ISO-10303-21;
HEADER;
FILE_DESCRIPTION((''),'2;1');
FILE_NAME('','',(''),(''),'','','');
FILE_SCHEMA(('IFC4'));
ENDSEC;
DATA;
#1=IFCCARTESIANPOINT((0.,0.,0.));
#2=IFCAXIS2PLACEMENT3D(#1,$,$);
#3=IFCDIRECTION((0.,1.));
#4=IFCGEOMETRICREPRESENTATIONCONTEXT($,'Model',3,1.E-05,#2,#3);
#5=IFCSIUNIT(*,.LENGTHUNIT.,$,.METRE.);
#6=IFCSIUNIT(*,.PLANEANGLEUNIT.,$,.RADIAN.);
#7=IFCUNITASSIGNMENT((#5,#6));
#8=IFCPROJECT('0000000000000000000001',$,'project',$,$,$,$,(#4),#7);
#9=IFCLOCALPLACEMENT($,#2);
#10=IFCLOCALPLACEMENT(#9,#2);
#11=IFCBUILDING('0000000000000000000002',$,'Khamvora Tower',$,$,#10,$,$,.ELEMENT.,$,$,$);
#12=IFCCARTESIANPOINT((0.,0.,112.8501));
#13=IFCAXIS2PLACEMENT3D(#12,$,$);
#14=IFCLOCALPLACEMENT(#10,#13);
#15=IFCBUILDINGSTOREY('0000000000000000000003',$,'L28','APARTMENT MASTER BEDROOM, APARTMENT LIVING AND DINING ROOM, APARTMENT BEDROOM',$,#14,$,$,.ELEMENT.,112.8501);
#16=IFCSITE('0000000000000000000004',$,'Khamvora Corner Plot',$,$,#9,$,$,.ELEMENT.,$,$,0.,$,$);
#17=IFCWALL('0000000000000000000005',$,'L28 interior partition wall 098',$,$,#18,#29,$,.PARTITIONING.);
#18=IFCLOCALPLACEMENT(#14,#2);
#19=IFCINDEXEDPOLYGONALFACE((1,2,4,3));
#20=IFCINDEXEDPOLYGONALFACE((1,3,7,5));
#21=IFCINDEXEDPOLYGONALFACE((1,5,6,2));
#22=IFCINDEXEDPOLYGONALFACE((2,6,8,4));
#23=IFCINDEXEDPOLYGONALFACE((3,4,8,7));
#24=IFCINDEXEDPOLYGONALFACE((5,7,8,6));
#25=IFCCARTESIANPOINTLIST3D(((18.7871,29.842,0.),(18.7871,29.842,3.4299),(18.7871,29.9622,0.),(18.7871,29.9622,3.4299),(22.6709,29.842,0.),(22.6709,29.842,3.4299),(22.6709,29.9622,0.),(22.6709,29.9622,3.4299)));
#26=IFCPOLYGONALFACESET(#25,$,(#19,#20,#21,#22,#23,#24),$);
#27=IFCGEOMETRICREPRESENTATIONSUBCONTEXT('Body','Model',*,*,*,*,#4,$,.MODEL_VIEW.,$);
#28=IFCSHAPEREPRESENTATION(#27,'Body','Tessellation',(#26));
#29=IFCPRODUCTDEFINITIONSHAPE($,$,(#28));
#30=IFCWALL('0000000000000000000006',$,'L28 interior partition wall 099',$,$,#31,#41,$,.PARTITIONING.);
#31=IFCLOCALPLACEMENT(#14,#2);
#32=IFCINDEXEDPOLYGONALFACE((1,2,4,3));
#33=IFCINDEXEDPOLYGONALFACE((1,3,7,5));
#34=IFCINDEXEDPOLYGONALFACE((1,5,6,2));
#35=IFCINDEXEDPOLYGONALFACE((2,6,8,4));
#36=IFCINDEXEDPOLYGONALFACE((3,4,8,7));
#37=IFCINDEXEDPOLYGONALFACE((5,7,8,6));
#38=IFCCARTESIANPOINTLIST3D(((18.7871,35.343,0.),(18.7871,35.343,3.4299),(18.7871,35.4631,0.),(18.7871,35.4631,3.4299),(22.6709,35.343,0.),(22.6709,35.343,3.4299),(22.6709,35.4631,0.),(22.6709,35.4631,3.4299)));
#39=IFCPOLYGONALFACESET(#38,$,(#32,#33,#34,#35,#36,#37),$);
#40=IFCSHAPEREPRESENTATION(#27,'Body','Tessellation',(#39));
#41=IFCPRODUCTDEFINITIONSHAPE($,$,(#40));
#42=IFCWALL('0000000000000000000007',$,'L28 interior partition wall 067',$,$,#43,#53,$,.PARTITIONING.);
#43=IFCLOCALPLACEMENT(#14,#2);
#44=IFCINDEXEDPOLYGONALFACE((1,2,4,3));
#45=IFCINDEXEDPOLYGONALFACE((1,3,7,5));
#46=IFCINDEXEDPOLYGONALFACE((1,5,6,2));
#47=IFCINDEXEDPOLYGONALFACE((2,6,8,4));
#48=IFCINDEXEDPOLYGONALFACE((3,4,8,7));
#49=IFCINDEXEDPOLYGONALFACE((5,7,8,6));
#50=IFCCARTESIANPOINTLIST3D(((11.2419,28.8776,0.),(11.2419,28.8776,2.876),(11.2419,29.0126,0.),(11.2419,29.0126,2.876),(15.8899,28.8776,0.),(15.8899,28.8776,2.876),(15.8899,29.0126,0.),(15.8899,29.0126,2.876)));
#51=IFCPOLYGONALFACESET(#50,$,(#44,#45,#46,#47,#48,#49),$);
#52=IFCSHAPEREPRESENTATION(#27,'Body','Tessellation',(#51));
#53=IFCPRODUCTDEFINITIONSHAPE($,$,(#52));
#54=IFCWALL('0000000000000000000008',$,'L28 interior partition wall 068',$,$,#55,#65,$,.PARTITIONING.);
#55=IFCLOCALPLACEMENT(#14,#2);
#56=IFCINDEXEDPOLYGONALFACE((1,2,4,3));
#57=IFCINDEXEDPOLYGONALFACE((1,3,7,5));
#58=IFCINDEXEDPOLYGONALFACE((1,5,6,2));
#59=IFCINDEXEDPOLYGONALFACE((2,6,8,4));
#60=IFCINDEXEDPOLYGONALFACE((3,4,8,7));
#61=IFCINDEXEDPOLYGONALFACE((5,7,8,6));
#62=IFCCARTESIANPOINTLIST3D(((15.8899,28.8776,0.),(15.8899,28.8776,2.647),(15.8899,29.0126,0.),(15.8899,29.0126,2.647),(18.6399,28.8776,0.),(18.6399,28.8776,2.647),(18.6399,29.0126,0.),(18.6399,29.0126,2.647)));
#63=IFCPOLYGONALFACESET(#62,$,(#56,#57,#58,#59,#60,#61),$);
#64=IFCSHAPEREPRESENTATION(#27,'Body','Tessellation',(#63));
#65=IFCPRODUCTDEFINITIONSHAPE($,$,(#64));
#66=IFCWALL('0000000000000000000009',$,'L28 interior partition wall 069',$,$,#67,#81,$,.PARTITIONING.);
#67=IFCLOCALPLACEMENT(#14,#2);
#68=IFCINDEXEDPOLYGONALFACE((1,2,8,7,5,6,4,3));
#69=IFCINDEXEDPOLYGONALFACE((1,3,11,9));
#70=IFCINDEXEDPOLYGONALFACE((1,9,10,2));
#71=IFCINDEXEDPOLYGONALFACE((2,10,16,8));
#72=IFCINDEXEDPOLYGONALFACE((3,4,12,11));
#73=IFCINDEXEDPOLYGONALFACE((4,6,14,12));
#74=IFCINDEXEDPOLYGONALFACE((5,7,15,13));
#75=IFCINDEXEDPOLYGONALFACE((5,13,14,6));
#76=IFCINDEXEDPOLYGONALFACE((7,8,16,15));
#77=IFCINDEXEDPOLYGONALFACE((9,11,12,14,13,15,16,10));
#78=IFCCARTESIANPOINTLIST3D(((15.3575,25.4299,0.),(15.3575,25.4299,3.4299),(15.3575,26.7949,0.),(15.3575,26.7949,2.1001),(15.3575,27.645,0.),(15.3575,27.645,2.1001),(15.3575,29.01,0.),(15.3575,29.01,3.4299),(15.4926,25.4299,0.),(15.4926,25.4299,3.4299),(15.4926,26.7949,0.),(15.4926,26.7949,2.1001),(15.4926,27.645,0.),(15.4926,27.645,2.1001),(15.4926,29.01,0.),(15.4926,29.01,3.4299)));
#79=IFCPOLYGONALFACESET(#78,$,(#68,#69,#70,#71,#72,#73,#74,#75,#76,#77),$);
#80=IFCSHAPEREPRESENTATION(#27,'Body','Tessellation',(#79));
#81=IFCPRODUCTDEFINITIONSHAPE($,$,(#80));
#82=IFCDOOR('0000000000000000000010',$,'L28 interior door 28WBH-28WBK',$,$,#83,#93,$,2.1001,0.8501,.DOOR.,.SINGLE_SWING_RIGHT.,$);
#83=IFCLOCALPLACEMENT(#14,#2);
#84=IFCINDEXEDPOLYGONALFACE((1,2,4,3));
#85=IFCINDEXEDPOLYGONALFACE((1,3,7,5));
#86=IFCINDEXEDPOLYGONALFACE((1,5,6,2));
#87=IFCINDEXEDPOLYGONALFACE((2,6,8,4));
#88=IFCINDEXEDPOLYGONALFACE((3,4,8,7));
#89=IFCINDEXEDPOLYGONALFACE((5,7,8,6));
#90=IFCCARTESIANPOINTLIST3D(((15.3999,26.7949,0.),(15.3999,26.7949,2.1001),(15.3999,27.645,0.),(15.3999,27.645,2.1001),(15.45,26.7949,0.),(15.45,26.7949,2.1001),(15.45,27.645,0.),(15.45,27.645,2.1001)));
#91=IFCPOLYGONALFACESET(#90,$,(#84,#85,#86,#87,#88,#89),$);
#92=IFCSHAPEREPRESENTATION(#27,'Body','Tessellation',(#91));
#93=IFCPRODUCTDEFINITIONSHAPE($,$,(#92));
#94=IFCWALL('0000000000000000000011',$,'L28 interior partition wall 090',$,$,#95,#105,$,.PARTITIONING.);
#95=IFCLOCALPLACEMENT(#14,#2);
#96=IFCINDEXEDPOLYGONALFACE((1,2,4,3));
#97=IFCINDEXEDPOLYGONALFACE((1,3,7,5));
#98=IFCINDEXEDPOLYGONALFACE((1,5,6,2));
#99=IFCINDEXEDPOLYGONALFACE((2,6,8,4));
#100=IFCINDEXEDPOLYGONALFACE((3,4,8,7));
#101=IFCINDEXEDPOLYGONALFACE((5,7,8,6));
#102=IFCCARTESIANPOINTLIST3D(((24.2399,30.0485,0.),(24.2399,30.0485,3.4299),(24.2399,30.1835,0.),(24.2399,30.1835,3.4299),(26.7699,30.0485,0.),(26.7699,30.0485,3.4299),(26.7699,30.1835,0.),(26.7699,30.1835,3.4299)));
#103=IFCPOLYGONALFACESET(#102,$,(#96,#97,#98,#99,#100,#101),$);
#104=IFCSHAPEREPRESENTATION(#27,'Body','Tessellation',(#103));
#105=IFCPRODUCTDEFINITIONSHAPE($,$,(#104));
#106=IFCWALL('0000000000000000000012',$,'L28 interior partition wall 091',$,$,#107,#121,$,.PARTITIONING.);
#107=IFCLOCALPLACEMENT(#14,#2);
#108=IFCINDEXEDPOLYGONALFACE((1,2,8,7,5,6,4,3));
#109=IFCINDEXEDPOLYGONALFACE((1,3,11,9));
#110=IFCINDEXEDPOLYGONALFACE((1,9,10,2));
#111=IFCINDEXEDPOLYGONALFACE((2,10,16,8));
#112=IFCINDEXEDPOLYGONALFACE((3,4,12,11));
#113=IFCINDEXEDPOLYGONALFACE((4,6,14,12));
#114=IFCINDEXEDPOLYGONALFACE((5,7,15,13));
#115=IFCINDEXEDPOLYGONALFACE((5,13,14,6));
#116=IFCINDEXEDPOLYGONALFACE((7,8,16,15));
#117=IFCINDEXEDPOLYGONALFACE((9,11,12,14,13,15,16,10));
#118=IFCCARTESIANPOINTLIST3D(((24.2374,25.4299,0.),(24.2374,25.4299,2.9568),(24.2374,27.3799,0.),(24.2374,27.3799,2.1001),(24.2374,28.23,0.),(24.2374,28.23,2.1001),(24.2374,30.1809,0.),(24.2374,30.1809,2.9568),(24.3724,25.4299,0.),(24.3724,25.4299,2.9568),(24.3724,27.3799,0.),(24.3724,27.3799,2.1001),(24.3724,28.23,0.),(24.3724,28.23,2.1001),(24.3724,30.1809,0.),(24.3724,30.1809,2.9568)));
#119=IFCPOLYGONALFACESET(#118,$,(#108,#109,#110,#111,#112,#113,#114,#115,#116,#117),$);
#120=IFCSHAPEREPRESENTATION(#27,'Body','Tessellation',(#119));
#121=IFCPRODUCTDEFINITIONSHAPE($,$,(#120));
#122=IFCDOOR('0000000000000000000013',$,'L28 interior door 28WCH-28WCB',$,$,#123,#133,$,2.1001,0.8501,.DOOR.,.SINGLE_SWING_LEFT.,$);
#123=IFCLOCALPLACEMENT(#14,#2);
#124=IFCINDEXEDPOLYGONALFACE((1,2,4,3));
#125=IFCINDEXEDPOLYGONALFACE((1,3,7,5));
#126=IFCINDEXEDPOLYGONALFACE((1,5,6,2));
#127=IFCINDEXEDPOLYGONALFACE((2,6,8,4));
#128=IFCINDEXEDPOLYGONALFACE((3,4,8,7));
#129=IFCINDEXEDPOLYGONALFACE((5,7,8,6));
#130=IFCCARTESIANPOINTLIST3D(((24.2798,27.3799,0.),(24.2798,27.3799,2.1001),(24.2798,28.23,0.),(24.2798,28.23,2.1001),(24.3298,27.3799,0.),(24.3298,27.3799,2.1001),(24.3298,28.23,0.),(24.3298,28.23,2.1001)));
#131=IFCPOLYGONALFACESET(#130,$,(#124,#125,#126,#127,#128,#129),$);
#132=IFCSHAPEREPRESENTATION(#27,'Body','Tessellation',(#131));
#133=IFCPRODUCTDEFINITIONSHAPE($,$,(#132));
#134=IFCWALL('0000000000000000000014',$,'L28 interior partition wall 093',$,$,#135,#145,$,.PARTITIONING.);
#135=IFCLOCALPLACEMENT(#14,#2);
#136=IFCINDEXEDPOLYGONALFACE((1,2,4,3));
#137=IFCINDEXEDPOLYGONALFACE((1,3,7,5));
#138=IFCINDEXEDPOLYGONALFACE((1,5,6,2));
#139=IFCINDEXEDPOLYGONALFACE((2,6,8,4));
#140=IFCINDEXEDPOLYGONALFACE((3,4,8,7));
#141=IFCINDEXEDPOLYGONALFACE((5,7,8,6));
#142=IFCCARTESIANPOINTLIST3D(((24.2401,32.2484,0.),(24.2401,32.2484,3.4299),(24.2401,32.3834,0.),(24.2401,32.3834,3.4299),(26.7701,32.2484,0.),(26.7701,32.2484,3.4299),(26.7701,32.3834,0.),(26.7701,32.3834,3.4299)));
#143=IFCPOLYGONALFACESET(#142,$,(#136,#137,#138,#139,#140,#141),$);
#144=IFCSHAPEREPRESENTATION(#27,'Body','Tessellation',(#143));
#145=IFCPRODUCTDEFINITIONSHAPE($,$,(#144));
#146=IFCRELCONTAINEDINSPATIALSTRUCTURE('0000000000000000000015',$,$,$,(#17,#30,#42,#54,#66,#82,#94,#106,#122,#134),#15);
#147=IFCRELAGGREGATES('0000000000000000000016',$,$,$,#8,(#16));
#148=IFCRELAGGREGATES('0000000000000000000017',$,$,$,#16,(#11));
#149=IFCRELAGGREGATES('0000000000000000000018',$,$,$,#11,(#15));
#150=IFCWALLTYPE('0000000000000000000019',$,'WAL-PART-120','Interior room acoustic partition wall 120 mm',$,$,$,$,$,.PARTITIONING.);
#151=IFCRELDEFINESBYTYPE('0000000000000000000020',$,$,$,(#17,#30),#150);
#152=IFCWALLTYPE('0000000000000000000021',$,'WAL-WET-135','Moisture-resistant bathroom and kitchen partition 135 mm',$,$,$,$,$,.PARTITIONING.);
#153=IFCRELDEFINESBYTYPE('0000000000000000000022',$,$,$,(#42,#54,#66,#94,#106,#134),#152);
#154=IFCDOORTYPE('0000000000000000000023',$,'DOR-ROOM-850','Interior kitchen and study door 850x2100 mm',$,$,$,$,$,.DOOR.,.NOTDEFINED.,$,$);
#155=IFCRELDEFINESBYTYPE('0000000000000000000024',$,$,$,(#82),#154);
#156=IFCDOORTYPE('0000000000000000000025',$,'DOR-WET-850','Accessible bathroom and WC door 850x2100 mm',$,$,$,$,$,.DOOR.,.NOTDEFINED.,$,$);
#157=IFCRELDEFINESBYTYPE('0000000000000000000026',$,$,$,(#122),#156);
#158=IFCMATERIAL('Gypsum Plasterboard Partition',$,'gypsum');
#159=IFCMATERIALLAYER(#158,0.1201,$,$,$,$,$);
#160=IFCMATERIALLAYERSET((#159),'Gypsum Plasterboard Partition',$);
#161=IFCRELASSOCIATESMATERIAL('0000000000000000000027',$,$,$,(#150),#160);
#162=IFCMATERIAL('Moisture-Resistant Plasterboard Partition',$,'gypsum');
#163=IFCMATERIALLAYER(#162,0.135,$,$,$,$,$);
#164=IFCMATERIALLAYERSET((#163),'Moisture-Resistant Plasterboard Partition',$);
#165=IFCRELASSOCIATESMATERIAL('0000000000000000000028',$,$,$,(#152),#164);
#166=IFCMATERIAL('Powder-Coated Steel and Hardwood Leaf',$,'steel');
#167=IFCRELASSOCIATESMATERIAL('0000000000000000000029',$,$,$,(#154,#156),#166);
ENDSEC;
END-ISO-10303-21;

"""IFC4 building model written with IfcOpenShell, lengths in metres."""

from ifc_helpers import new_model, si_unit, direction, frame, frame_2d, origin, place, context, subcontext, project, spatial, rectangle, extrude, material, layer, layer_set, type_object, element, fill, save


model = new_model("IFC4")

# Units and contexts
model_context = context("Model", 3, precision=1e-05, world=origin(), true_north=direction((0.0, 1.0)))
body_context = subcontext(model_context, "Body", "Model", "MODEL_VIEW")
ifc_project = project(units=[si_unit("LENGTHUNIT", "METRE"), si_unit("PLANEANGLEUNIT", "RADIAN")], contexts=[model_context])

# Site, building, storey
site_placement = place(None, origin())
site = spatial("IfcSite", under=ifc_project, at=site_placement, Name="Khamvora Corner Plot", CompositionType="ELEMENT", RefElevation=0.0)
building_placement = place(site_placement, origin())
building = spatial("IfcBuilding", under=site, at=building_placement, Name="Khamvora Tower", CompositionType="ELEMENT")
storey_placement = place(building_placement, frame((0.0, 0.0, 112.8501)))
storey = spatial("IfcBuildingStorey", under=building, at=storey_placement, Name="L28", Description="APARTMENT MASTER BEDROOM, APARTMENT LIVING AND DINING ROOM, APARTMENT BEDROOM", CompositionType="ELEMENT", Elevation=112.8501)

# Shared definitions
ifc_material_1 = material(Name="Powder-Coated Steel and Hardwood Leaf", Category="steel")

# Shared definitions
ifc_material_2 = material(Name="Gypsum Plasterboard Partition", Category="gypsum")
ifc_layer_1 = layer(ifc_material_2, 0.1201)
ifc_layer_set_1 = layer_set([ifc_layer_1], Name="Gypsum Plasterboard Partition")
wall_type_1 = type_object("IfcWallType", Name="WAL-PART-120", Description="Interior room acoustic partition wall 120 mm", PredefinedType="PARTITIONING", material=ifc_layer_set_1)

# Walls
for number, where, z_axis, x_axis, name in (
    (1, (18.7871, 29.9021, 0.0), (0.0, 0.0, 1.0), (1.0, 0.0, 0.0), "L28 interior partition wall 098"),
    (2, (18.7871, 35.4031, 0.0), (0.0, 0.0, 1.0), (1.0, 0.0, 0.0), "L28 interior partition wall 099"),
):
    element("IfcWall", number, at=place(storey_placement, frame(where, z_axis=z_axis, x_axis=x_axis)), inside=storey, type_object=wall_type_1, Name=name, PredefinedType="PARTITIONING", context=body_context, shape_type="SweptSolid", body=[
        extrude(rectangle(XDim=3.8838, YDim=0.1201, at=frame_2d((1.9419, 0.0))), origin(), (0.0, 0.0, 1.0), 3.4299),
    ])
ifc_material_3 = material(Name="Moisture-Resistant Plasterboard Partition", Category="gypsum")
ifc_layer_2 = layer(ifc_material_3, 0.135)
ifc_layer_set_2 = layer_set([ifc_layer_2], Name="Moisture-Resistant Plasterboard Partition")
wall_type_2 = type_object("IfcWallType", Name="WAL-WET-135", Description="Moisture-resistant bathroom and kitchen partition 135 mm", PredefinedType="PARTITIONING", material=ifc_layer_set_2)
wall_1_placement = place(storey_placement, frame((15.8899, 28.9451, 0.0), z_axis=(0.0, 0.0, 1.0), x_axis=(-1.0, 0.0, 0.0)))
element("IfcWall", 3, at=wall_1_placement, inside=storey, type_object=wall_type_2, Name="L28 interior partition wall 067", PredefinedType="PARTITIONING", context=body_context, shape_type="SweptSolid", body=[
    extrude(rectangle(XDim=4.6479, YDim=0.135, at=frame_2d((2.324, 0.0))), origin(), (0.0, 0.0, 1.0), 2.876),
])
wall_2_placement = place(storey_placement, frame((18.6399, 28.9451, 0.0), z_axis=(0.0, 0.0, 1.0), x_axis=(-1.0, 0.0, 0.0)))
element("IfcWall", 4, at=wall_2_placement, inside=storey, type_object=wall_type_2, Name="L28 interior partition wall 068", PredefinedType="PARTITIONING", context=body_context, shape_type="SweptSolid", body=[
    extrude(rectangle(XDim=2.75, YDim=0.135, at=frame_2d((1.375, 0.0))), origin(), (0.0, 0.0, 1.0), 2.647),
])

# Wall, opening, door
wall_3_placement = place(storey_placement, frame((15.425, 29.01, 0.0), z_axis=(0.0, 0.0, 1.0), x_axis=(0.0, -1.0, 0.0)))
wall_3 = element("IfcWall", 5, at=wall_3_placement, inside=storey, type_object=wall_type_2, Name="L28 interior partition wall 069", PredefinedType="PARTITIONING", context=body_context, shape_type="SweptSolid", body=[
    extrude(rectangle(XDim=3.5801, YDim=0.135, at=frame_2d((1.79, 0.0))), origin(), (0.0, 0.0, 1.0), 3.4299),
])
opening_1_placement = place(wall_3_placement, frame((1.365, 0.0, 0.0)))
opening_1 = element("IfcOpeningElement", 6, at=opening_1_placement, cuts=wall_3, PredefinedType="OPENING", context=body_context, shape_type="SweptSolid", body=[
    extrude(rectangle(XDim=0.8501, YDim=2.1001, at=frame_2d((0.425, 1.05))), frame((0.0, 0.0774, 0.0), z_axis=(0.0, -1.0, 0.0), x_axis=(1.0, 0.0, 0.0)), (0.0, 0.0, 1.0), 0.155),
])
door_type_1 = type_object("IfcDoorType", Name="DOR-ROOM-850", Description="Interior kitchen and study door 850x2100 mm", OperationType="NOTDEFINED", PredefinedType="DOOR", material=ifc_material_1)
door_1_placement = place(opening_1_placement, origin())
door_1 = element("IfcDoor", 7, at=door_1_placement, inside=storey, type_object=door_type_1, Name="L28 interior door 28WBH-28WBK", OperationType="SINGLE_SWING_RIGHT", OverallHeight=2.1001, OverallWidth=0.8501, PredefinedType="DOOR", context=body_context, shape_type="SweptSolid", body=[
    extrude(rectangle(XDim=0.8501, YDim=2.1001, at=frame_2d((0.425, 1.05))), frame((0.0, 0.0249, 0.0), z_axis=(0.0, -1.0, 0.0), x_axis=(1.0, 0.0, 0.0)), (0.0, 0.0, 1.0), 0.05),
])
fill(opening_1, door_1)

# Wall
wall_4_placement = place(storey_placement, frame((26.77, 30.116, 0.0), z_axis=(0.0, 0.0, 1.0), x_axis=(-1.0, 0.0, 0.0)))
element("IfcWall", 8, at=wall_4_placement, inside=storey, type_object=wall_type_2, Name="L28 interior partition wall 090", PredefinedType="PARTITIONING", context=body_context, shape_type="SweptSolid", body=[
    extrude(rectangle(XDim=2.53, YDim=0.135, at=frame_2d((1.2651, 0.0))), origin(), (0.0, 0.0, 1.0), 3.4299),
])

# Wall, opening, door
wall_5_placement = place(storey_placement, frame((24.3049, 30.1809, 0.0), z_axis=(0.0, 0.0, 1.0), x_axis=(0.0, -1.0, 0.0)))
wall_5 = element("IfcWall", 9, at=wall_5_placement, inside=storey, type_object=wall_type_2, Name="L28 interior partition wall 091", PredefinedType="PARTITIONING", context=body_context, shape_type="SweptSolid", body=[
    extrude(rectangle(XDim=4.751, YDim=0.135, at=frame_2d((2.3755, 0.0))), origin(), (0.0, 0.0, 1.0), 2.9568),
])
opening_2_placement = place(wall_5_placement, frame((1.9509, 0.0, 0.0)))
opening_2 = element("IfcOpeningElement", 10, at=opening_2_placement, cuts=wall_5, PredefinedType="OPENING", context=body_context, shape_type="SweptSolid", body=[
    extrude(rectangle(XDim=0.8501, YDim=2.1001, at=frame_2d((0.425, 1.05))), frame((0.0, 0.0774, 0.0), z_axis=(0.0, -1.0, 0.0), x_axis=(1.0, 0.0, 0.0)), (0.0, 0.0, 1.0), 0.155),
])
door_type_2 = type_object("IfcDoorType", Name="DOR-WET-850", Description="Accessible bathroom and WC door 850x2100 mm", OperationType="NOTDEFINED", PredefinedType="DOOR", material=ifc_material_1)
door_2_placement = place(opening_2_placement, origin())
door_2 = element("IfcDoor", 11, at=door_2_placement, inside=storey, type_object=door_type_2, Name="L28 interior door 28WCH-28WCB", OperationType="SINGLE_SWING_LEFT", OverallHeight=2.1001, OverallWidth=0.8501, PredefinedType="DOOR", context=body_context, shape_type="SweptSolid", body=[
    extrude(rectangle(XDim=0.8501, YDim=2.1001, at=frame_2d((0.425, 1.05))), frame((0.0, 0.0249, 0.0), z_axis=(0.0, -1.0, 0.0), x_axis=(1.0, 0.0, 0.0)), (0.0, 0.0, 1.0), 0.05),
])
fill(opening_2, door_2)

# Wall
wall_6_placement = place(storey_placement, frame((24.24, 32.3159, 0.0), z_axis=(0.0, 0.0, 1.0), x_axis=(1.0, 0.0, 0.0)))
element("IfcWall", 12, at=wall_6_placement, inside=storey, type_object=wall_type_2, Name="L28 interior partition wall 093", PredefinedType="PARTITIONING", context=body_context, shape_type="SweptSolid", body=[
    extrude(rectangle(XDim=2.53, YDim=0.135, at=frame_2d((1.2651, 0.0))), origin(), (0.0, 0.0, 1.0), 3.4299),
])

save(model, "model.ifc")
